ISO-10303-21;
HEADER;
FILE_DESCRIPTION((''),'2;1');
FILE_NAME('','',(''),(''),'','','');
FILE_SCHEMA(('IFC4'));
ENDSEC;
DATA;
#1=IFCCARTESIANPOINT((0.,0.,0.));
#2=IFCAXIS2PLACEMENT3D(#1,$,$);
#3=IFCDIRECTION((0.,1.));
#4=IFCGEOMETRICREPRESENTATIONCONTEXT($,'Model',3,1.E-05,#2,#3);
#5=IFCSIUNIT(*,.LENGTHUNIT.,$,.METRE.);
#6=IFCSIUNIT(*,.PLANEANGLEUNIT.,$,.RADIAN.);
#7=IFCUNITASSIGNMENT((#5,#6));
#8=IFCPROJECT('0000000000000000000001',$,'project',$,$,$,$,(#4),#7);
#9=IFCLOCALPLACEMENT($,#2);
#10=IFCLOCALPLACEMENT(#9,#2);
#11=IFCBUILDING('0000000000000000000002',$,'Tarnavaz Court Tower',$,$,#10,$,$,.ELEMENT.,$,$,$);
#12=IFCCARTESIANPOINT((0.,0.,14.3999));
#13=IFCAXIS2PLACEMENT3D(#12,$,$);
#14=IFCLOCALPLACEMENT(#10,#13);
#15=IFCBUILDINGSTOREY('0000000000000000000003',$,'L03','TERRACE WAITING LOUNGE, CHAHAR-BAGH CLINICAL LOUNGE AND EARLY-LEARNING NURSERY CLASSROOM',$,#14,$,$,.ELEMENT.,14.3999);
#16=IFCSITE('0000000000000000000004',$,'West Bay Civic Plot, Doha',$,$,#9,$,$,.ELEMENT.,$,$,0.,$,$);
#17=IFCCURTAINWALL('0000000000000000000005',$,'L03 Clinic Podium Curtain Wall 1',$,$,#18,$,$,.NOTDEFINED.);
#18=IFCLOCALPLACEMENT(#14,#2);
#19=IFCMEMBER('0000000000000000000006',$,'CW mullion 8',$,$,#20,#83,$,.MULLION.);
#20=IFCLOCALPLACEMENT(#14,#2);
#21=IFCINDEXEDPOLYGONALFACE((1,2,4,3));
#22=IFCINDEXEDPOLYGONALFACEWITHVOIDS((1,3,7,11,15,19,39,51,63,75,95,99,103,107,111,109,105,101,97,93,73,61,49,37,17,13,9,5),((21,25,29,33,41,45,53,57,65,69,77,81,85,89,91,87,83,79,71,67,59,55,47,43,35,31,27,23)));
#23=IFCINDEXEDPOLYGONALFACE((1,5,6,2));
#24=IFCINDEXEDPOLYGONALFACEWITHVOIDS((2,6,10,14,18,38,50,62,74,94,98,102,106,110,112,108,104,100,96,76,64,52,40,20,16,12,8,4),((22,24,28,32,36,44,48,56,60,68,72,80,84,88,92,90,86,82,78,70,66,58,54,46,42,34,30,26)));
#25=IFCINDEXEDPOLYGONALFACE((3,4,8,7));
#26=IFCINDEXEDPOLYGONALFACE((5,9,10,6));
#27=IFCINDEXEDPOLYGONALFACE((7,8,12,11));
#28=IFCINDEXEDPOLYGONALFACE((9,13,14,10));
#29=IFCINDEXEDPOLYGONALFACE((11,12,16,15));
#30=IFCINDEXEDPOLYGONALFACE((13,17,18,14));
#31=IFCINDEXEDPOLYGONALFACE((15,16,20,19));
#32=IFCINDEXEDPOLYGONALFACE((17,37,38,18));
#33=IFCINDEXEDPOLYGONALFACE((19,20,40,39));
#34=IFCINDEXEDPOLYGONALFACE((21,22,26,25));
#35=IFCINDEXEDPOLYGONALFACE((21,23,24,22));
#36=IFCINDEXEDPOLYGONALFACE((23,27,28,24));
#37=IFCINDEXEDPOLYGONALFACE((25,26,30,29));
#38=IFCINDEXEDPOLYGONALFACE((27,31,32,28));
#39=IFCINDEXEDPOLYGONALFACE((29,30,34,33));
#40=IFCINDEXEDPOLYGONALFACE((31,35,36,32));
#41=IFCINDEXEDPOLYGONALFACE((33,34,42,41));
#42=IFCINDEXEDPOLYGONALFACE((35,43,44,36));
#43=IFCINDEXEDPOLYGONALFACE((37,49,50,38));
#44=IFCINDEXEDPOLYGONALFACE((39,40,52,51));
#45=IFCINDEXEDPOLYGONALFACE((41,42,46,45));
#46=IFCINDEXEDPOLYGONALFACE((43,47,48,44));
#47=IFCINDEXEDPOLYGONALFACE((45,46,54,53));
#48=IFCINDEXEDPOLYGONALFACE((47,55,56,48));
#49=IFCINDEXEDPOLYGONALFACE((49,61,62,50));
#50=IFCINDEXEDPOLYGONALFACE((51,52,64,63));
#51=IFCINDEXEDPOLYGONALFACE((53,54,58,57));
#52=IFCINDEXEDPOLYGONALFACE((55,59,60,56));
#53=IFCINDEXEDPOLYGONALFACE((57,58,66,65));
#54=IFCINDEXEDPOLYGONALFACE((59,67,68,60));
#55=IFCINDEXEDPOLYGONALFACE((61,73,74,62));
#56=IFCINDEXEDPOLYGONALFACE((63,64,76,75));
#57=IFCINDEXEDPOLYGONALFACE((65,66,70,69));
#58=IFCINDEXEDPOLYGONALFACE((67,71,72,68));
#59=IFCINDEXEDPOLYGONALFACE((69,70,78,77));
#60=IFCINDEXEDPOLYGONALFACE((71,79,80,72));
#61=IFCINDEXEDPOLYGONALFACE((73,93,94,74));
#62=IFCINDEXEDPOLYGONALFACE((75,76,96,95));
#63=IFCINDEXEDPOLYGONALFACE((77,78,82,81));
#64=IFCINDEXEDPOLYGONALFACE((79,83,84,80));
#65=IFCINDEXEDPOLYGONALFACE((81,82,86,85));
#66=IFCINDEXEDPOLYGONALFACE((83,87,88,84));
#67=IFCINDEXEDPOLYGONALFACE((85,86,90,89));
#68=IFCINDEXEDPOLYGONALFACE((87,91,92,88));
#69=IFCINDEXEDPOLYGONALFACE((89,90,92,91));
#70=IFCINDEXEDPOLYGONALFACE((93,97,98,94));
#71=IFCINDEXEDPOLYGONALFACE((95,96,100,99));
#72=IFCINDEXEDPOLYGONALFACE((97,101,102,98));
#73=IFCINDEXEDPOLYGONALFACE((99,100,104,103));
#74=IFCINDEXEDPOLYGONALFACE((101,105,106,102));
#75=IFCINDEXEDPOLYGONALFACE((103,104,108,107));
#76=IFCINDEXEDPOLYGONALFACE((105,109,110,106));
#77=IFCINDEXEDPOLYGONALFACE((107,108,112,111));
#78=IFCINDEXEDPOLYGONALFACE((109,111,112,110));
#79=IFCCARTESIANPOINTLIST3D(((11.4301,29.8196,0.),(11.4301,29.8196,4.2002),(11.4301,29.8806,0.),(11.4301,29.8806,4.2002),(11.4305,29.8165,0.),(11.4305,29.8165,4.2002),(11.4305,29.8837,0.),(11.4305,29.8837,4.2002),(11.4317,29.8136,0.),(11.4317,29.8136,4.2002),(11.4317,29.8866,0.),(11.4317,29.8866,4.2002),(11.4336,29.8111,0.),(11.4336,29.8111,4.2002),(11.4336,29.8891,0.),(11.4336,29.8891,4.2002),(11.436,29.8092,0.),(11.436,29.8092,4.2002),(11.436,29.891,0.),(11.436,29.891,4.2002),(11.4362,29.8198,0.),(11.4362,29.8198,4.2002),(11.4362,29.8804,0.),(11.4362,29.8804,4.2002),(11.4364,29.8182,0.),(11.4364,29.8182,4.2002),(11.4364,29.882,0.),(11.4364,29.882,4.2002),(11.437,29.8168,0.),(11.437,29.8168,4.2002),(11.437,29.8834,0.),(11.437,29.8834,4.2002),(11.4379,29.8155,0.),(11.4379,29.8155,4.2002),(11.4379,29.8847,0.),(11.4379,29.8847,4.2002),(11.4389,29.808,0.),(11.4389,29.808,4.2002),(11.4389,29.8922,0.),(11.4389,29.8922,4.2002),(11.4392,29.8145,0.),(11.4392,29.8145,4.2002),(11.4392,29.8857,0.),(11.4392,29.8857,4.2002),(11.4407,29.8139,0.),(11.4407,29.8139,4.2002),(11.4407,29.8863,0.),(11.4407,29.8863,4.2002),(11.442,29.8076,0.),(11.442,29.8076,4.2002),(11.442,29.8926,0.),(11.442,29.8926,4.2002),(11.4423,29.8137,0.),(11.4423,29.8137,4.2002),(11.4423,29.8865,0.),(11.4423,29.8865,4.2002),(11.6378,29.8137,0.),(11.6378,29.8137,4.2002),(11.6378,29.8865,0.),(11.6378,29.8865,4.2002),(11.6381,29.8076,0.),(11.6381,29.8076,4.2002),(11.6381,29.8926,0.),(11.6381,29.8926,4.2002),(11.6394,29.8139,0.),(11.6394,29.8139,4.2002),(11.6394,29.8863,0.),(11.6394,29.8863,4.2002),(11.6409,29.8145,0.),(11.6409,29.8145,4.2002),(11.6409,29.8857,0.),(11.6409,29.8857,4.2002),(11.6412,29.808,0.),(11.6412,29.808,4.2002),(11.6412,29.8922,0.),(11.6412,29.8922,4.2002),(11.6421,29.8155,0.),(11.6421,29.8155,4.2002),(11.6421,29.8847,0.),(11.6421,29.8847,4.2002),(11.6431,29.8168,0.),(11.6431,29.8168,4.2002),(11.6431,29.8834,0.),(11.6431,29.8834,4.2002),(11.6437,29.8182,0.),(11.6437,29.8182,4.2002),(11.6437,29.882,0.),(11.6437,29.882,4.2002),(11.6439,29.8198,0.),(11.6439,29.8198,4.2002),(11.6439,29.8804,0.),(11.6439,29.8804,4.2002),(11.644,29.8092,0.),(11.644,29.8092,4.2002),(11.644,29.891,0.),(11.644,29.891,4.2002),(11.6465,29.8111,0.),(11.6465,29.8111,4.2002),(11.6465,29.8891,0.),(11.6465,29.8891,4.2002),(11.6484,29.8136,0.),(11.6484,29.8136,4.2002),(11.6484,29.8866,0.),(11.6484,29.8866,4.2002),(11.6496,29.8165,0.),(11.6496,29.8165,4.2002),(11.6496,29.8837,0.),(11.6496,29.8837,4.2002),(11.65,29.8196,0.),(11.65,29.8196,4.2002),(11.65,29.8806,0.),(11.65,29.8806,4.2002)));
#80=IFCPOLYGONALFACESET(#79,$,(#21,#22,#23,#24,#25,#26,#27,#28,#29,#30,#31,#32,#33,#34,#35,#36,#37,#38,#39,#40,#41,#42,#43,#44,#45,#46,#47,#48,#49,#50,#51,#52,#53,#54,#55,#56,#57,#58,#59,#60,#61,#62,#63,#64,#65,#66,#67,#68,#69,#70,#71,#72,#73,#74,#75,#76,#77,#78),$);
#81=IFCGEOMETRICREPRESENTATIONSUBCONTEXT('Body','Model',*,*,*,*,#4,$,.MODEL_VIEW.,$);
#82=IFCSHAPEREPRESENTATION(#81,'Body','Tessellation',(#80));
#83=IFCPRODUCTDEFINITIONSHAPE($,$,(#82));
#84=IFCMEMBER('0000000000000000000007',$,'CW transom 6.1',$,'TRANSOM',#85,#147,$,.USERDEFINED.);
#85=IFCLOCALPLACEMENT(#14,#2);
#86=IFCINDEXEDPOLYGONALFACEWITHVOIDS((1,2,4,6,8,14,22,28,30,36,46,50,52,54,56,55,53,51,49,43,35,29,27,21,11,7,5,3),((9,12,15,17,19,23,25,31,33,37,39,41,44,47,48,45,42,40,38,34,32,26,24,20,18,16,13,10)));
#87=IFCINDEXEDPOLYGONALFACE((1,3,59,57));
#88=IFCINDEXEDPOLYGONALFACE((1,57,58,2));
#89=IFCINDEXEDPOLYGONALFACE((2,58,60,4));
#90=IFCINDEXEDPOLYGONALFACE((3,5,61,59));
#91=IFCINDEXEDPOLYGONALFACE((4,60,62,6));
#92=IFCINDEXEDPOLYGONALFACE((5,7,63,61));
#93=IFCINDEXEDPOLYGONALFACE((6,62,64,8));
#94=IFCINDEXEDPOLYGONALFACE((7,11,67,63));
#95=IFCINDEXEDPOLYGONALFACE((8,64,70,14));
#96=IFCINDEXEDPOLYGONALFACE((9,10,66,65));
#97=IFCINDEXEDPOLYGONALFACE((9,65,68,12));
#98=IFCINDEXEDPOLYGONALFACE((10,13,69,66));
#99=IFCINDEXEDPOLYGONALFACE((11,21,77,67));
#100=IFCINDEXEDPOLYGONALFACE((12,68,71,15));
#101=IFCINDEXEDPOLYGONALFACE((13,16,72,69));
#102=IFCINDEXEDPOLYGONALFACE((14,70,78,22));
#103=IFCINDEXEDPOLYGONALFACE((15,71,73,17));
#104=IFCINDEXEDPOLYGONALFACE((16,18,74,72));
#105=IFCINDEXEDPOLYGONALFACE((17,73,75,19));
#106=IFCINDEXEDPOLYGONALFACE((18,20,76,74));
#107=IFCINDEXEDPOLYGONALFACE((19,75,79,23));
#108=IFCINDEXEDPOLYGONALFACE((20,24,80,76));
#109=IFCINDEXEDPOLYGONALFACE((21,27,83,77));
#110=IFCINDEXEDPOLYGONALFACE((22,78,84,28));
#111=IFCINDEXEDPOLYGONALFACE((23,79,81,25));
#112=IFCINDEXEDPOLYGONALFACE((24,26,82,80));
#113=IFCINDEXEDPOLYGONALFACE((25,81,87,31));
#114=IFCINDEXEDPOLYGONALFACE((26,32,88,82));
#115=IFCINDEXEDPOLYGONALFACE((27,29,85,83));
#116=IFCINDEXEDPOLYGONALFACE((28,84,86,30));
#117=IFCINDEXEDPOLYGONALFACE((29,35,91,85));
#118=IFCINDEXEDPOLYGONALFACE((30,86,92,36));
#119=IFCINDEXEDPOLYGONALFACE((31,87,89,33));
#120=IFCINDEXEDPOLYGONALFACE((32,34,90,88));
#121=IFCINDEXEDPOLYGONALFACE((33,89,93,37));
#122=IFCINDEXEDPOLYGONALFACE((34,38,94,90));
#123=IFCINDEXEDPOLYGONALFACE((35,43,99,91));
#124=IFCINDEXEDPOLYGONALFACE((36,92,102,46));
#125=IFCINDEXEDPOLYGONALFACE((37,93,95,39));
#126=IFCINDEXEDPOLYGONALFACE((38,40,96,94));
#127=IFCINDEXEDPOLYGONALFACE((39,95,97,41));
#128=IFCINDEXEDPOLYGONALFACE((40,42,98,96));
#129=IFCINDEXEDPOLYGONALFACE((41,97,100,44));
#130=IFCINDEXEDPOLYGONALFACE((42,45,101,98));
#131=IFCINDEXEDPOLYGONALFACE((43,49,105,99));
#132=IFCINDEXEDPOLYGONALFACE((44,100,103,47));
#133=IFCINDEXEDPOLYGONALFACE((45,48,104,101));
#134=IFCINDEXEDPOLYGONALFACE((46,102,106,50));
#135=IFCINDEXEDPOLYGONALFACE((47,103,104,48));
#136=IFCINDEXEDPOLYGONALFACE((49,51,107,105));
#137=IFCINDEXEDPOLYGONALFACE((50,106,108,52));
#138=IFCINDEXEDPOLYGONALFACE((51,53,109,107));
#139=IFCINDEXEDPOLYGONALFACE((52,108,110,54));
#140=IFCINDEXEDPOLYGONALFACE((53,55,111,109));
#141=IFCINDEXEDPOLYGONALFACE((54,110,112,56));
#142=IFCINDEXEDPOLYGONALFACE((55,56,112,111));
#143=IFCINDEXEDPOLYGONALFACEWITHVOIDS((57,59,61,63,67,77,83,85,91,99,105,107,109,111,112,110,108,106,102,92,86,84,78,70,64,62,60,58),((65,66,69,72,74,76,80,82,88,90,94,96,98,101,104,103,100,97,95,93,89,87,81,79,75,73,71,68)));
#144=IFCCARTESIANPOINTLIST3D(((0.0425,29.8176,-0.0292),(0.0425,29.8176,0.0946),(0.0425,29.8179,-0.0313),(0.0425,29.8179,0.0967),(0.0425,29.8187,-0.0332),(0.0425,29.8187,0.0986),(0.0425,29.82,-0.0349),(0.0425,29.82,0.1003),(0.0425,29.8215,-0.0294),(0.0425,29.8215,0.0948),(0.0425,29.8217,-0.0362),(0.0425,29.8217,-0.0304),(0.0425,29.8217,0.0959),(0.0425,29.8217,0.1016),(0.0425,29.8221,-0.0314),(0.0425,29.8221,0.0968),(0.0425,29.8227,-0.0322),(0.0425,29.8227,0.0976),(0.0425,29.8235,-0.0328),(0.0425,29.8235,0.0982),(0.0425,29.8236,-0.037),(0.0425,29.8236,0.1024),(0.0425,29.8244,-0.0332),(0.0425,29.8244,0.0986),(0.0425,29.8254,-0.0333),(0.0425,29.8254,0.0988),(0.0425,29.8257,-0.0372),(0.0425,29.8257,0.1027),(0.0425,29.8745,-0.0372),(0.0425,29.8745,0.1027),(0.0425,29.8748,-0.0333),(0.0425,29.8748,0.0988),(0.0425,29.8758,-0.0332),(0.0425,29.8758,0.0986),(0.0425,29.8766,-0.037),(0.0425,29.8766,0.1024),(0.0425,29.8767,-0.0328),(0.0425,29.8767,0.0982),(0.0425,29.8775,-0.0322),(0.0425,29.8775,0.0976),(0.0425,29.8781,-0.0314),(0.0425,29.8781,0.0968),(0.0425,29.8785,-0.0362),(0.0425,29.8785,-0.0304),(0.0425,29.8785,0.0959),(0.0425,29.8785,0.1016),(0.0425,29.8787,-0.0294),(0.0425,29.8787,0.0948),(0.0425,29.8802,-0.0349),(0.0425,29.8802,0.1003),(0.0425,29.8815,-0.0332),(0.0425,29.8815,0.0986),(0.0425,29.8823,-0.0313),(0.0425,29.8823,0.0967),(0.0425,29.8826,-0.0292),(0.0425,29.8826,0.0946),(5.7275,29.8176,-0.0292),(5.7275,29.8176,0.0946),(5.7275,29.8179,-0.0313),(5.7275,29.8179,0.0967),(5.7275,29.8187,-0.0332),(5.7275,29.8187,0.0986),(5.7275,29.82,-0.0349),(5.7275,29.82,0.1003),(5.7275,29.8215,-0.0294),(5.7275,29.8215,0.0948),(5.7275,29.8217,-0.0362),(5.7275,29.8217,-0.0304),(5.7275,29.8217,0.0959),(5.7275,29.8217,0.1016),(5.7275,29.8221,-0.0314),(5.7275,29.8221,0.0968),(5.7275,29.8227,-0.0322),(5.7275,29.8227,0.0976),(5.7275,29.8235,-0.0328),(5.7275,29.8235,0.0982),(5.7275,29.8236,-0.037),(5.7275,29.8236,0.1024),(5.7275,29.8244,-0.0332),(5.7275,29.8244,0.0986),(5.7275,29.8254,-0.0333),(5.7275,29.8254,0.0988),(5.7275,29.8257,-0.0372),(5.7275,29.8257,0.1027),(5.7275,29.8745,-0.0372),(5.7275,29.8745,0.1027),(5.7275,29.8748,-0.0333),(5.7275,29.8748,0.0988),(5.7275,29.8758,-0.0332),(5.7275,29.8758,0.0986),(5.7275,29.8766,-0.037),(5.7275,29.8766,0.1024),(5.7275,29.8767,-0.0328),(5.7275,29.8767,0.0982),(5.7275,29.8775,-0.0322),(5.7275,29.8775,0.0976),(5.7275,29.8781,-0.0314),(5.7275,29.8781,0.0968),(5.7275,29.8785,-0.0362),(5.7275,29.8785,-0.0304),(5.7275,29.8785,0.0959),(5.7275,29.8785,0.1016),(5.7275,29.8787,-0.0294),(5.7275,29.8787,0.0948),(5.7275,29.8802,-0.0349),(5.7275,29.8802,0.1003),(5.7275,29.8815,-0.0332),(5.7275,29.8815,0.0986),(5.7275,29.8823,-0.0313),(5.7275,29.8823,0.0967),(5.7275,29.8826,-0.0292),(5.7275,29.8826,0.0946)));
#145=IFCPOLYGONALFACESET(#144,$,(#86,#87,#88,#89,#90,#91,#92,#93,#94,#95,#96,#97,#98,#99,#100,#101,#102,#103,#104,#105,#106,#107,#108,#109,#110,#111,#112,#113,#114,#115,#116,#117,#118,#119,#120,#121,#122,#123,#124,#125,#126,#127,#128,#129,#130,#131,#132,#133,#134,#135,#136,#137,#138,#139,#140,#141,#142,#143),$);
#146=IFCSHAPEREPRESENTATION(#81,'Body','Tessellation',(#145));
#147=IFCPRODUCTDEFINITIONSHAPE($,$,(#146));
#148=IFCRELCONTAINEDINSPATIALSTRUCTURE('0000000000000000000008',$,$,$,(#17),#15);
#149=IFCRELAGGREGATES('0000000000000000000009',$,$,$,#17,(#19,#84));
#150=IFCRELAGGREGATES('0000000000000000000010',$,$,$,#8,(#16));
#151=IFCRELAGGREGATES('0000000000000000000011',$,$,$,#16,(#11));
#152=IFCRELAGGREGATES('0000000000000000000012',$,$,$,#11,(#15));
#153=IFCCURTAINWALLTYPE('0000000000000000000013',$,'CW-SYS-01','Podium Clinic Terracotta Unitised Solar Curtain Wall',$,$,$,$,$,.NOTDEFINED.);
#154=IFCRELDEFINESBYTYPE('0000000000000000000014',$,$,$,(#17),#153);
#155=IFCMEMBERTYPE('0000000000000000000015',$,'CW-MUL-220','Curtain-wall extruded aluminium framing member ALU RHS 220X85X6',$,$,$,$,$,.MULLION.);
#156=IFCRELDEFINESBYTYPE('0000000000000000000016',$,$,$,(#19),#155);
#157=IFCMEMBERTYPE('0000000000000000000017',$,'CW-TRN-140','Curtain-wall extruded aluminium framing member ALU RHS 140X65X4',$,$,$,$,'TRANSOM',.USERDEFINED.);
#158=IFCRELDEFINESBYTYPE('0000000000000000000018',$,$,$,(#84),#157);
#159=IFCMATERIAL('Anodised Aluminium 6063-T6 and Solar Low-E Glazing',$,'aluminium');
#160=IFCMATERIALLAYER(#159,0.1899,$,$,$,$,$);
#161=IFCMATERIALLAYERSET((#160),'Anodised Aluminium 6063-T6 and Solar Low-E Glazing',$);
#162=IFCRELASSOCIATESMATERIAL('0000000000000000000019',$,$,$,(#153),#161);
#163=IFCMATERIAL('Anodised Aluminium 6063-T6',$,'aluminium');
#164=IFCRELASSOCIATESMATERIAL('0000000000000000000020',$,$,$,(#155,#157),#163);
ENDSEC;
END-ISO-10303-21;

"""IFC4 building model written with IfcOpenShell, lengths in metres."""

from ifc_helpers import new_model, si_unit, direction, frame, origin, origin_2d, place, context, subcontext, project, spatial, hollow_rectangle, extrude, material, layer, layer_set, material_profile, profile_set, type_object, element, aggregate, save


model = new_model("IFC4")

# Units and contexts
model_context = context("Model", 3, precision=1e-05, world=origin(), true_north=direction((0.0, 1.0)))
body_context = subcontext(model_context, "Body", "Model", "MODEL_VIEW")
ifc_project = project(units=[si_unit("LENGTHUNIT", "METRE"), si_unit("PLANEANGLEUNIT", "RADIAN")], contexts=[model_context])

# Site, building, storey
site_placement = place(None, origin())
site = spatial("IfcSite", under=ifc_project, at=site_placement, Name="West Bay Civic Plot, Doha", CompositionType="ELEMENT", RefElevation=0.0)
building_placement = place(site_placement, origin())
building = spatial("IfcBuilding", under=site, at=building_placement, Name="Tarnavaz Court Tower", CompositionType="ELEMENT")
storey_placement = place(building_placement, frame((0.0, 0.0, 14.3999)))
storey = spatial("IfcBuildingStorey", under=building, at=storey_placement, Name="L03", Description="TERRACE WAITING LOUNGE, CHAHAR-BAGH CLINICAL LOUNGE AND EARLY-LEARNING NURSERY CLASSROOM", CompositionType="ELEMENT", Elevation=14.3999)

# Curtain wall, members
ifc_material_1 = material(Name="Anodised Aluminium 6063-T6 and Solar Low-E Glazing", Category="aluminium")
ifc_layer_1 = layer(ifc_material_1, 0.1899)
ifc_layer_set_1 = layer_set([ifc_layer_1], Name="Anodised Aluminium 6063-T6 and Solar Low-E Glazing")
curtain_wall_type = type_object("IfcCurtainWallType", Name="CW-SYS-01", Description="Podium Clinic Terracotta Unitised Solar Curtain Wall", PredefinedType="NOTDEFINED", material=ifc_layer_set_1)
curtain_wall_placement = place(storey_placement, origin())
curtain_wall = element("IfcCurtainWall", 1, at=curtain_wall_placement, inside=storey, type_object=curtain_wall_type, Name="L03 Clinic Podium Curtain Wall 1", PredefinedType="NOTDEFINED")
ifc_material_2 = material(Name="Anodised Aluminium 6063-T6", Category="aluminium")
ifc_material_profile_1 = material_profile(ifc_material_2, hollow_rectangle(XDim=0.085, YDim=0.22, WallThickness=0.0061, InnerFilletRadius=0.0061, OuterFilletRadius=0.012, at=origin_2d()), Name="ALU RHS 220X85X6")
ifc_profile_set_1 = profile_set([ifc_material_profile_1], Name="Anodised Aluminium 6063-T6")
member_type_1 = type_object("IfcMemberType", Name="CW-MUL-220", Description="Curtain-wall extruded aluminium framing member ALU RHS 220X85X6", PredefinedType="MULLION", material=ifc_profile_set_1)
member_1_placement = place(storey_placement, frame((11.54, 29.8501, 0.0), z_axis=(0.0, 0.0, 1.0), x_axis=(0.0, 1.0, 0.0)))
member_1 = element("IfcMember", 2, at=member_1_placement, type_object=member_type_1, Name="CW mullion 8", PredefinedType="MULLION", context=body_context, shape_type="SweptSolid", body=[
    extrude(hollow_rectangle(XDim=0.085, YDim=0.22, WallThickness=0.0061, InnerFilletRadius=0.0061, OuterFilletRadius=0.012, at=origin_2d()), origin(), (0.0, 0.0, 1.0), 4.2002),
])
ifc_material_profile_2 = material_profile(ifc_material_2, hollow_rectangle(XDim=0.0649, YDim=0.1399, WallThickness=0.0039, InnerFilletRadius=0.0039, OuterFilletRadius=0.0081, at=origin_2d()), Name="ALU RHS 140X65X4")
ifc_profile_set_2 = profile_set([ifc_material_profile_2], Name="Anodised Aluminium 6063-T6")
member_type_2 = type_object("IfcMemberType", Name="CW-TRN-140", Description="Curtain-wall extruded aluminium framing member ALU RHS 140X65X4", ElementType="TRANSOM", PredefinedType="USERDEFINED", material=ifc_profile_set_2)
member_2_placement = place(storey_placement, frame((0.0425, 29.8501, 0.0327), z_axis=(1.0, 0.0, 0.0), x_axis=(0.0, 1.0, 0.0)))
member_2 = element("IfcMember", 3, at=member_2_placement, type_object=member_type_2, Name="CW transom 6.1", ObjectType="TRANSOM", PredefinedType="USERDEFINED", context=body_context, shape_type="SweptSolid", body=[
    extrude(hollow_rectangle(XDim=0.0649, YDim=0.1399, WallThickness=0.0039, InnerFilletRadius=0.0039, OuterFilletRadius=0.0081, at=origin_2d()), origin(), (0.0, 0.0, 1.0), 5.6851),
])
aggregate(curtain_wall, [member_1, member_2])

save(model, "model.ifc")
